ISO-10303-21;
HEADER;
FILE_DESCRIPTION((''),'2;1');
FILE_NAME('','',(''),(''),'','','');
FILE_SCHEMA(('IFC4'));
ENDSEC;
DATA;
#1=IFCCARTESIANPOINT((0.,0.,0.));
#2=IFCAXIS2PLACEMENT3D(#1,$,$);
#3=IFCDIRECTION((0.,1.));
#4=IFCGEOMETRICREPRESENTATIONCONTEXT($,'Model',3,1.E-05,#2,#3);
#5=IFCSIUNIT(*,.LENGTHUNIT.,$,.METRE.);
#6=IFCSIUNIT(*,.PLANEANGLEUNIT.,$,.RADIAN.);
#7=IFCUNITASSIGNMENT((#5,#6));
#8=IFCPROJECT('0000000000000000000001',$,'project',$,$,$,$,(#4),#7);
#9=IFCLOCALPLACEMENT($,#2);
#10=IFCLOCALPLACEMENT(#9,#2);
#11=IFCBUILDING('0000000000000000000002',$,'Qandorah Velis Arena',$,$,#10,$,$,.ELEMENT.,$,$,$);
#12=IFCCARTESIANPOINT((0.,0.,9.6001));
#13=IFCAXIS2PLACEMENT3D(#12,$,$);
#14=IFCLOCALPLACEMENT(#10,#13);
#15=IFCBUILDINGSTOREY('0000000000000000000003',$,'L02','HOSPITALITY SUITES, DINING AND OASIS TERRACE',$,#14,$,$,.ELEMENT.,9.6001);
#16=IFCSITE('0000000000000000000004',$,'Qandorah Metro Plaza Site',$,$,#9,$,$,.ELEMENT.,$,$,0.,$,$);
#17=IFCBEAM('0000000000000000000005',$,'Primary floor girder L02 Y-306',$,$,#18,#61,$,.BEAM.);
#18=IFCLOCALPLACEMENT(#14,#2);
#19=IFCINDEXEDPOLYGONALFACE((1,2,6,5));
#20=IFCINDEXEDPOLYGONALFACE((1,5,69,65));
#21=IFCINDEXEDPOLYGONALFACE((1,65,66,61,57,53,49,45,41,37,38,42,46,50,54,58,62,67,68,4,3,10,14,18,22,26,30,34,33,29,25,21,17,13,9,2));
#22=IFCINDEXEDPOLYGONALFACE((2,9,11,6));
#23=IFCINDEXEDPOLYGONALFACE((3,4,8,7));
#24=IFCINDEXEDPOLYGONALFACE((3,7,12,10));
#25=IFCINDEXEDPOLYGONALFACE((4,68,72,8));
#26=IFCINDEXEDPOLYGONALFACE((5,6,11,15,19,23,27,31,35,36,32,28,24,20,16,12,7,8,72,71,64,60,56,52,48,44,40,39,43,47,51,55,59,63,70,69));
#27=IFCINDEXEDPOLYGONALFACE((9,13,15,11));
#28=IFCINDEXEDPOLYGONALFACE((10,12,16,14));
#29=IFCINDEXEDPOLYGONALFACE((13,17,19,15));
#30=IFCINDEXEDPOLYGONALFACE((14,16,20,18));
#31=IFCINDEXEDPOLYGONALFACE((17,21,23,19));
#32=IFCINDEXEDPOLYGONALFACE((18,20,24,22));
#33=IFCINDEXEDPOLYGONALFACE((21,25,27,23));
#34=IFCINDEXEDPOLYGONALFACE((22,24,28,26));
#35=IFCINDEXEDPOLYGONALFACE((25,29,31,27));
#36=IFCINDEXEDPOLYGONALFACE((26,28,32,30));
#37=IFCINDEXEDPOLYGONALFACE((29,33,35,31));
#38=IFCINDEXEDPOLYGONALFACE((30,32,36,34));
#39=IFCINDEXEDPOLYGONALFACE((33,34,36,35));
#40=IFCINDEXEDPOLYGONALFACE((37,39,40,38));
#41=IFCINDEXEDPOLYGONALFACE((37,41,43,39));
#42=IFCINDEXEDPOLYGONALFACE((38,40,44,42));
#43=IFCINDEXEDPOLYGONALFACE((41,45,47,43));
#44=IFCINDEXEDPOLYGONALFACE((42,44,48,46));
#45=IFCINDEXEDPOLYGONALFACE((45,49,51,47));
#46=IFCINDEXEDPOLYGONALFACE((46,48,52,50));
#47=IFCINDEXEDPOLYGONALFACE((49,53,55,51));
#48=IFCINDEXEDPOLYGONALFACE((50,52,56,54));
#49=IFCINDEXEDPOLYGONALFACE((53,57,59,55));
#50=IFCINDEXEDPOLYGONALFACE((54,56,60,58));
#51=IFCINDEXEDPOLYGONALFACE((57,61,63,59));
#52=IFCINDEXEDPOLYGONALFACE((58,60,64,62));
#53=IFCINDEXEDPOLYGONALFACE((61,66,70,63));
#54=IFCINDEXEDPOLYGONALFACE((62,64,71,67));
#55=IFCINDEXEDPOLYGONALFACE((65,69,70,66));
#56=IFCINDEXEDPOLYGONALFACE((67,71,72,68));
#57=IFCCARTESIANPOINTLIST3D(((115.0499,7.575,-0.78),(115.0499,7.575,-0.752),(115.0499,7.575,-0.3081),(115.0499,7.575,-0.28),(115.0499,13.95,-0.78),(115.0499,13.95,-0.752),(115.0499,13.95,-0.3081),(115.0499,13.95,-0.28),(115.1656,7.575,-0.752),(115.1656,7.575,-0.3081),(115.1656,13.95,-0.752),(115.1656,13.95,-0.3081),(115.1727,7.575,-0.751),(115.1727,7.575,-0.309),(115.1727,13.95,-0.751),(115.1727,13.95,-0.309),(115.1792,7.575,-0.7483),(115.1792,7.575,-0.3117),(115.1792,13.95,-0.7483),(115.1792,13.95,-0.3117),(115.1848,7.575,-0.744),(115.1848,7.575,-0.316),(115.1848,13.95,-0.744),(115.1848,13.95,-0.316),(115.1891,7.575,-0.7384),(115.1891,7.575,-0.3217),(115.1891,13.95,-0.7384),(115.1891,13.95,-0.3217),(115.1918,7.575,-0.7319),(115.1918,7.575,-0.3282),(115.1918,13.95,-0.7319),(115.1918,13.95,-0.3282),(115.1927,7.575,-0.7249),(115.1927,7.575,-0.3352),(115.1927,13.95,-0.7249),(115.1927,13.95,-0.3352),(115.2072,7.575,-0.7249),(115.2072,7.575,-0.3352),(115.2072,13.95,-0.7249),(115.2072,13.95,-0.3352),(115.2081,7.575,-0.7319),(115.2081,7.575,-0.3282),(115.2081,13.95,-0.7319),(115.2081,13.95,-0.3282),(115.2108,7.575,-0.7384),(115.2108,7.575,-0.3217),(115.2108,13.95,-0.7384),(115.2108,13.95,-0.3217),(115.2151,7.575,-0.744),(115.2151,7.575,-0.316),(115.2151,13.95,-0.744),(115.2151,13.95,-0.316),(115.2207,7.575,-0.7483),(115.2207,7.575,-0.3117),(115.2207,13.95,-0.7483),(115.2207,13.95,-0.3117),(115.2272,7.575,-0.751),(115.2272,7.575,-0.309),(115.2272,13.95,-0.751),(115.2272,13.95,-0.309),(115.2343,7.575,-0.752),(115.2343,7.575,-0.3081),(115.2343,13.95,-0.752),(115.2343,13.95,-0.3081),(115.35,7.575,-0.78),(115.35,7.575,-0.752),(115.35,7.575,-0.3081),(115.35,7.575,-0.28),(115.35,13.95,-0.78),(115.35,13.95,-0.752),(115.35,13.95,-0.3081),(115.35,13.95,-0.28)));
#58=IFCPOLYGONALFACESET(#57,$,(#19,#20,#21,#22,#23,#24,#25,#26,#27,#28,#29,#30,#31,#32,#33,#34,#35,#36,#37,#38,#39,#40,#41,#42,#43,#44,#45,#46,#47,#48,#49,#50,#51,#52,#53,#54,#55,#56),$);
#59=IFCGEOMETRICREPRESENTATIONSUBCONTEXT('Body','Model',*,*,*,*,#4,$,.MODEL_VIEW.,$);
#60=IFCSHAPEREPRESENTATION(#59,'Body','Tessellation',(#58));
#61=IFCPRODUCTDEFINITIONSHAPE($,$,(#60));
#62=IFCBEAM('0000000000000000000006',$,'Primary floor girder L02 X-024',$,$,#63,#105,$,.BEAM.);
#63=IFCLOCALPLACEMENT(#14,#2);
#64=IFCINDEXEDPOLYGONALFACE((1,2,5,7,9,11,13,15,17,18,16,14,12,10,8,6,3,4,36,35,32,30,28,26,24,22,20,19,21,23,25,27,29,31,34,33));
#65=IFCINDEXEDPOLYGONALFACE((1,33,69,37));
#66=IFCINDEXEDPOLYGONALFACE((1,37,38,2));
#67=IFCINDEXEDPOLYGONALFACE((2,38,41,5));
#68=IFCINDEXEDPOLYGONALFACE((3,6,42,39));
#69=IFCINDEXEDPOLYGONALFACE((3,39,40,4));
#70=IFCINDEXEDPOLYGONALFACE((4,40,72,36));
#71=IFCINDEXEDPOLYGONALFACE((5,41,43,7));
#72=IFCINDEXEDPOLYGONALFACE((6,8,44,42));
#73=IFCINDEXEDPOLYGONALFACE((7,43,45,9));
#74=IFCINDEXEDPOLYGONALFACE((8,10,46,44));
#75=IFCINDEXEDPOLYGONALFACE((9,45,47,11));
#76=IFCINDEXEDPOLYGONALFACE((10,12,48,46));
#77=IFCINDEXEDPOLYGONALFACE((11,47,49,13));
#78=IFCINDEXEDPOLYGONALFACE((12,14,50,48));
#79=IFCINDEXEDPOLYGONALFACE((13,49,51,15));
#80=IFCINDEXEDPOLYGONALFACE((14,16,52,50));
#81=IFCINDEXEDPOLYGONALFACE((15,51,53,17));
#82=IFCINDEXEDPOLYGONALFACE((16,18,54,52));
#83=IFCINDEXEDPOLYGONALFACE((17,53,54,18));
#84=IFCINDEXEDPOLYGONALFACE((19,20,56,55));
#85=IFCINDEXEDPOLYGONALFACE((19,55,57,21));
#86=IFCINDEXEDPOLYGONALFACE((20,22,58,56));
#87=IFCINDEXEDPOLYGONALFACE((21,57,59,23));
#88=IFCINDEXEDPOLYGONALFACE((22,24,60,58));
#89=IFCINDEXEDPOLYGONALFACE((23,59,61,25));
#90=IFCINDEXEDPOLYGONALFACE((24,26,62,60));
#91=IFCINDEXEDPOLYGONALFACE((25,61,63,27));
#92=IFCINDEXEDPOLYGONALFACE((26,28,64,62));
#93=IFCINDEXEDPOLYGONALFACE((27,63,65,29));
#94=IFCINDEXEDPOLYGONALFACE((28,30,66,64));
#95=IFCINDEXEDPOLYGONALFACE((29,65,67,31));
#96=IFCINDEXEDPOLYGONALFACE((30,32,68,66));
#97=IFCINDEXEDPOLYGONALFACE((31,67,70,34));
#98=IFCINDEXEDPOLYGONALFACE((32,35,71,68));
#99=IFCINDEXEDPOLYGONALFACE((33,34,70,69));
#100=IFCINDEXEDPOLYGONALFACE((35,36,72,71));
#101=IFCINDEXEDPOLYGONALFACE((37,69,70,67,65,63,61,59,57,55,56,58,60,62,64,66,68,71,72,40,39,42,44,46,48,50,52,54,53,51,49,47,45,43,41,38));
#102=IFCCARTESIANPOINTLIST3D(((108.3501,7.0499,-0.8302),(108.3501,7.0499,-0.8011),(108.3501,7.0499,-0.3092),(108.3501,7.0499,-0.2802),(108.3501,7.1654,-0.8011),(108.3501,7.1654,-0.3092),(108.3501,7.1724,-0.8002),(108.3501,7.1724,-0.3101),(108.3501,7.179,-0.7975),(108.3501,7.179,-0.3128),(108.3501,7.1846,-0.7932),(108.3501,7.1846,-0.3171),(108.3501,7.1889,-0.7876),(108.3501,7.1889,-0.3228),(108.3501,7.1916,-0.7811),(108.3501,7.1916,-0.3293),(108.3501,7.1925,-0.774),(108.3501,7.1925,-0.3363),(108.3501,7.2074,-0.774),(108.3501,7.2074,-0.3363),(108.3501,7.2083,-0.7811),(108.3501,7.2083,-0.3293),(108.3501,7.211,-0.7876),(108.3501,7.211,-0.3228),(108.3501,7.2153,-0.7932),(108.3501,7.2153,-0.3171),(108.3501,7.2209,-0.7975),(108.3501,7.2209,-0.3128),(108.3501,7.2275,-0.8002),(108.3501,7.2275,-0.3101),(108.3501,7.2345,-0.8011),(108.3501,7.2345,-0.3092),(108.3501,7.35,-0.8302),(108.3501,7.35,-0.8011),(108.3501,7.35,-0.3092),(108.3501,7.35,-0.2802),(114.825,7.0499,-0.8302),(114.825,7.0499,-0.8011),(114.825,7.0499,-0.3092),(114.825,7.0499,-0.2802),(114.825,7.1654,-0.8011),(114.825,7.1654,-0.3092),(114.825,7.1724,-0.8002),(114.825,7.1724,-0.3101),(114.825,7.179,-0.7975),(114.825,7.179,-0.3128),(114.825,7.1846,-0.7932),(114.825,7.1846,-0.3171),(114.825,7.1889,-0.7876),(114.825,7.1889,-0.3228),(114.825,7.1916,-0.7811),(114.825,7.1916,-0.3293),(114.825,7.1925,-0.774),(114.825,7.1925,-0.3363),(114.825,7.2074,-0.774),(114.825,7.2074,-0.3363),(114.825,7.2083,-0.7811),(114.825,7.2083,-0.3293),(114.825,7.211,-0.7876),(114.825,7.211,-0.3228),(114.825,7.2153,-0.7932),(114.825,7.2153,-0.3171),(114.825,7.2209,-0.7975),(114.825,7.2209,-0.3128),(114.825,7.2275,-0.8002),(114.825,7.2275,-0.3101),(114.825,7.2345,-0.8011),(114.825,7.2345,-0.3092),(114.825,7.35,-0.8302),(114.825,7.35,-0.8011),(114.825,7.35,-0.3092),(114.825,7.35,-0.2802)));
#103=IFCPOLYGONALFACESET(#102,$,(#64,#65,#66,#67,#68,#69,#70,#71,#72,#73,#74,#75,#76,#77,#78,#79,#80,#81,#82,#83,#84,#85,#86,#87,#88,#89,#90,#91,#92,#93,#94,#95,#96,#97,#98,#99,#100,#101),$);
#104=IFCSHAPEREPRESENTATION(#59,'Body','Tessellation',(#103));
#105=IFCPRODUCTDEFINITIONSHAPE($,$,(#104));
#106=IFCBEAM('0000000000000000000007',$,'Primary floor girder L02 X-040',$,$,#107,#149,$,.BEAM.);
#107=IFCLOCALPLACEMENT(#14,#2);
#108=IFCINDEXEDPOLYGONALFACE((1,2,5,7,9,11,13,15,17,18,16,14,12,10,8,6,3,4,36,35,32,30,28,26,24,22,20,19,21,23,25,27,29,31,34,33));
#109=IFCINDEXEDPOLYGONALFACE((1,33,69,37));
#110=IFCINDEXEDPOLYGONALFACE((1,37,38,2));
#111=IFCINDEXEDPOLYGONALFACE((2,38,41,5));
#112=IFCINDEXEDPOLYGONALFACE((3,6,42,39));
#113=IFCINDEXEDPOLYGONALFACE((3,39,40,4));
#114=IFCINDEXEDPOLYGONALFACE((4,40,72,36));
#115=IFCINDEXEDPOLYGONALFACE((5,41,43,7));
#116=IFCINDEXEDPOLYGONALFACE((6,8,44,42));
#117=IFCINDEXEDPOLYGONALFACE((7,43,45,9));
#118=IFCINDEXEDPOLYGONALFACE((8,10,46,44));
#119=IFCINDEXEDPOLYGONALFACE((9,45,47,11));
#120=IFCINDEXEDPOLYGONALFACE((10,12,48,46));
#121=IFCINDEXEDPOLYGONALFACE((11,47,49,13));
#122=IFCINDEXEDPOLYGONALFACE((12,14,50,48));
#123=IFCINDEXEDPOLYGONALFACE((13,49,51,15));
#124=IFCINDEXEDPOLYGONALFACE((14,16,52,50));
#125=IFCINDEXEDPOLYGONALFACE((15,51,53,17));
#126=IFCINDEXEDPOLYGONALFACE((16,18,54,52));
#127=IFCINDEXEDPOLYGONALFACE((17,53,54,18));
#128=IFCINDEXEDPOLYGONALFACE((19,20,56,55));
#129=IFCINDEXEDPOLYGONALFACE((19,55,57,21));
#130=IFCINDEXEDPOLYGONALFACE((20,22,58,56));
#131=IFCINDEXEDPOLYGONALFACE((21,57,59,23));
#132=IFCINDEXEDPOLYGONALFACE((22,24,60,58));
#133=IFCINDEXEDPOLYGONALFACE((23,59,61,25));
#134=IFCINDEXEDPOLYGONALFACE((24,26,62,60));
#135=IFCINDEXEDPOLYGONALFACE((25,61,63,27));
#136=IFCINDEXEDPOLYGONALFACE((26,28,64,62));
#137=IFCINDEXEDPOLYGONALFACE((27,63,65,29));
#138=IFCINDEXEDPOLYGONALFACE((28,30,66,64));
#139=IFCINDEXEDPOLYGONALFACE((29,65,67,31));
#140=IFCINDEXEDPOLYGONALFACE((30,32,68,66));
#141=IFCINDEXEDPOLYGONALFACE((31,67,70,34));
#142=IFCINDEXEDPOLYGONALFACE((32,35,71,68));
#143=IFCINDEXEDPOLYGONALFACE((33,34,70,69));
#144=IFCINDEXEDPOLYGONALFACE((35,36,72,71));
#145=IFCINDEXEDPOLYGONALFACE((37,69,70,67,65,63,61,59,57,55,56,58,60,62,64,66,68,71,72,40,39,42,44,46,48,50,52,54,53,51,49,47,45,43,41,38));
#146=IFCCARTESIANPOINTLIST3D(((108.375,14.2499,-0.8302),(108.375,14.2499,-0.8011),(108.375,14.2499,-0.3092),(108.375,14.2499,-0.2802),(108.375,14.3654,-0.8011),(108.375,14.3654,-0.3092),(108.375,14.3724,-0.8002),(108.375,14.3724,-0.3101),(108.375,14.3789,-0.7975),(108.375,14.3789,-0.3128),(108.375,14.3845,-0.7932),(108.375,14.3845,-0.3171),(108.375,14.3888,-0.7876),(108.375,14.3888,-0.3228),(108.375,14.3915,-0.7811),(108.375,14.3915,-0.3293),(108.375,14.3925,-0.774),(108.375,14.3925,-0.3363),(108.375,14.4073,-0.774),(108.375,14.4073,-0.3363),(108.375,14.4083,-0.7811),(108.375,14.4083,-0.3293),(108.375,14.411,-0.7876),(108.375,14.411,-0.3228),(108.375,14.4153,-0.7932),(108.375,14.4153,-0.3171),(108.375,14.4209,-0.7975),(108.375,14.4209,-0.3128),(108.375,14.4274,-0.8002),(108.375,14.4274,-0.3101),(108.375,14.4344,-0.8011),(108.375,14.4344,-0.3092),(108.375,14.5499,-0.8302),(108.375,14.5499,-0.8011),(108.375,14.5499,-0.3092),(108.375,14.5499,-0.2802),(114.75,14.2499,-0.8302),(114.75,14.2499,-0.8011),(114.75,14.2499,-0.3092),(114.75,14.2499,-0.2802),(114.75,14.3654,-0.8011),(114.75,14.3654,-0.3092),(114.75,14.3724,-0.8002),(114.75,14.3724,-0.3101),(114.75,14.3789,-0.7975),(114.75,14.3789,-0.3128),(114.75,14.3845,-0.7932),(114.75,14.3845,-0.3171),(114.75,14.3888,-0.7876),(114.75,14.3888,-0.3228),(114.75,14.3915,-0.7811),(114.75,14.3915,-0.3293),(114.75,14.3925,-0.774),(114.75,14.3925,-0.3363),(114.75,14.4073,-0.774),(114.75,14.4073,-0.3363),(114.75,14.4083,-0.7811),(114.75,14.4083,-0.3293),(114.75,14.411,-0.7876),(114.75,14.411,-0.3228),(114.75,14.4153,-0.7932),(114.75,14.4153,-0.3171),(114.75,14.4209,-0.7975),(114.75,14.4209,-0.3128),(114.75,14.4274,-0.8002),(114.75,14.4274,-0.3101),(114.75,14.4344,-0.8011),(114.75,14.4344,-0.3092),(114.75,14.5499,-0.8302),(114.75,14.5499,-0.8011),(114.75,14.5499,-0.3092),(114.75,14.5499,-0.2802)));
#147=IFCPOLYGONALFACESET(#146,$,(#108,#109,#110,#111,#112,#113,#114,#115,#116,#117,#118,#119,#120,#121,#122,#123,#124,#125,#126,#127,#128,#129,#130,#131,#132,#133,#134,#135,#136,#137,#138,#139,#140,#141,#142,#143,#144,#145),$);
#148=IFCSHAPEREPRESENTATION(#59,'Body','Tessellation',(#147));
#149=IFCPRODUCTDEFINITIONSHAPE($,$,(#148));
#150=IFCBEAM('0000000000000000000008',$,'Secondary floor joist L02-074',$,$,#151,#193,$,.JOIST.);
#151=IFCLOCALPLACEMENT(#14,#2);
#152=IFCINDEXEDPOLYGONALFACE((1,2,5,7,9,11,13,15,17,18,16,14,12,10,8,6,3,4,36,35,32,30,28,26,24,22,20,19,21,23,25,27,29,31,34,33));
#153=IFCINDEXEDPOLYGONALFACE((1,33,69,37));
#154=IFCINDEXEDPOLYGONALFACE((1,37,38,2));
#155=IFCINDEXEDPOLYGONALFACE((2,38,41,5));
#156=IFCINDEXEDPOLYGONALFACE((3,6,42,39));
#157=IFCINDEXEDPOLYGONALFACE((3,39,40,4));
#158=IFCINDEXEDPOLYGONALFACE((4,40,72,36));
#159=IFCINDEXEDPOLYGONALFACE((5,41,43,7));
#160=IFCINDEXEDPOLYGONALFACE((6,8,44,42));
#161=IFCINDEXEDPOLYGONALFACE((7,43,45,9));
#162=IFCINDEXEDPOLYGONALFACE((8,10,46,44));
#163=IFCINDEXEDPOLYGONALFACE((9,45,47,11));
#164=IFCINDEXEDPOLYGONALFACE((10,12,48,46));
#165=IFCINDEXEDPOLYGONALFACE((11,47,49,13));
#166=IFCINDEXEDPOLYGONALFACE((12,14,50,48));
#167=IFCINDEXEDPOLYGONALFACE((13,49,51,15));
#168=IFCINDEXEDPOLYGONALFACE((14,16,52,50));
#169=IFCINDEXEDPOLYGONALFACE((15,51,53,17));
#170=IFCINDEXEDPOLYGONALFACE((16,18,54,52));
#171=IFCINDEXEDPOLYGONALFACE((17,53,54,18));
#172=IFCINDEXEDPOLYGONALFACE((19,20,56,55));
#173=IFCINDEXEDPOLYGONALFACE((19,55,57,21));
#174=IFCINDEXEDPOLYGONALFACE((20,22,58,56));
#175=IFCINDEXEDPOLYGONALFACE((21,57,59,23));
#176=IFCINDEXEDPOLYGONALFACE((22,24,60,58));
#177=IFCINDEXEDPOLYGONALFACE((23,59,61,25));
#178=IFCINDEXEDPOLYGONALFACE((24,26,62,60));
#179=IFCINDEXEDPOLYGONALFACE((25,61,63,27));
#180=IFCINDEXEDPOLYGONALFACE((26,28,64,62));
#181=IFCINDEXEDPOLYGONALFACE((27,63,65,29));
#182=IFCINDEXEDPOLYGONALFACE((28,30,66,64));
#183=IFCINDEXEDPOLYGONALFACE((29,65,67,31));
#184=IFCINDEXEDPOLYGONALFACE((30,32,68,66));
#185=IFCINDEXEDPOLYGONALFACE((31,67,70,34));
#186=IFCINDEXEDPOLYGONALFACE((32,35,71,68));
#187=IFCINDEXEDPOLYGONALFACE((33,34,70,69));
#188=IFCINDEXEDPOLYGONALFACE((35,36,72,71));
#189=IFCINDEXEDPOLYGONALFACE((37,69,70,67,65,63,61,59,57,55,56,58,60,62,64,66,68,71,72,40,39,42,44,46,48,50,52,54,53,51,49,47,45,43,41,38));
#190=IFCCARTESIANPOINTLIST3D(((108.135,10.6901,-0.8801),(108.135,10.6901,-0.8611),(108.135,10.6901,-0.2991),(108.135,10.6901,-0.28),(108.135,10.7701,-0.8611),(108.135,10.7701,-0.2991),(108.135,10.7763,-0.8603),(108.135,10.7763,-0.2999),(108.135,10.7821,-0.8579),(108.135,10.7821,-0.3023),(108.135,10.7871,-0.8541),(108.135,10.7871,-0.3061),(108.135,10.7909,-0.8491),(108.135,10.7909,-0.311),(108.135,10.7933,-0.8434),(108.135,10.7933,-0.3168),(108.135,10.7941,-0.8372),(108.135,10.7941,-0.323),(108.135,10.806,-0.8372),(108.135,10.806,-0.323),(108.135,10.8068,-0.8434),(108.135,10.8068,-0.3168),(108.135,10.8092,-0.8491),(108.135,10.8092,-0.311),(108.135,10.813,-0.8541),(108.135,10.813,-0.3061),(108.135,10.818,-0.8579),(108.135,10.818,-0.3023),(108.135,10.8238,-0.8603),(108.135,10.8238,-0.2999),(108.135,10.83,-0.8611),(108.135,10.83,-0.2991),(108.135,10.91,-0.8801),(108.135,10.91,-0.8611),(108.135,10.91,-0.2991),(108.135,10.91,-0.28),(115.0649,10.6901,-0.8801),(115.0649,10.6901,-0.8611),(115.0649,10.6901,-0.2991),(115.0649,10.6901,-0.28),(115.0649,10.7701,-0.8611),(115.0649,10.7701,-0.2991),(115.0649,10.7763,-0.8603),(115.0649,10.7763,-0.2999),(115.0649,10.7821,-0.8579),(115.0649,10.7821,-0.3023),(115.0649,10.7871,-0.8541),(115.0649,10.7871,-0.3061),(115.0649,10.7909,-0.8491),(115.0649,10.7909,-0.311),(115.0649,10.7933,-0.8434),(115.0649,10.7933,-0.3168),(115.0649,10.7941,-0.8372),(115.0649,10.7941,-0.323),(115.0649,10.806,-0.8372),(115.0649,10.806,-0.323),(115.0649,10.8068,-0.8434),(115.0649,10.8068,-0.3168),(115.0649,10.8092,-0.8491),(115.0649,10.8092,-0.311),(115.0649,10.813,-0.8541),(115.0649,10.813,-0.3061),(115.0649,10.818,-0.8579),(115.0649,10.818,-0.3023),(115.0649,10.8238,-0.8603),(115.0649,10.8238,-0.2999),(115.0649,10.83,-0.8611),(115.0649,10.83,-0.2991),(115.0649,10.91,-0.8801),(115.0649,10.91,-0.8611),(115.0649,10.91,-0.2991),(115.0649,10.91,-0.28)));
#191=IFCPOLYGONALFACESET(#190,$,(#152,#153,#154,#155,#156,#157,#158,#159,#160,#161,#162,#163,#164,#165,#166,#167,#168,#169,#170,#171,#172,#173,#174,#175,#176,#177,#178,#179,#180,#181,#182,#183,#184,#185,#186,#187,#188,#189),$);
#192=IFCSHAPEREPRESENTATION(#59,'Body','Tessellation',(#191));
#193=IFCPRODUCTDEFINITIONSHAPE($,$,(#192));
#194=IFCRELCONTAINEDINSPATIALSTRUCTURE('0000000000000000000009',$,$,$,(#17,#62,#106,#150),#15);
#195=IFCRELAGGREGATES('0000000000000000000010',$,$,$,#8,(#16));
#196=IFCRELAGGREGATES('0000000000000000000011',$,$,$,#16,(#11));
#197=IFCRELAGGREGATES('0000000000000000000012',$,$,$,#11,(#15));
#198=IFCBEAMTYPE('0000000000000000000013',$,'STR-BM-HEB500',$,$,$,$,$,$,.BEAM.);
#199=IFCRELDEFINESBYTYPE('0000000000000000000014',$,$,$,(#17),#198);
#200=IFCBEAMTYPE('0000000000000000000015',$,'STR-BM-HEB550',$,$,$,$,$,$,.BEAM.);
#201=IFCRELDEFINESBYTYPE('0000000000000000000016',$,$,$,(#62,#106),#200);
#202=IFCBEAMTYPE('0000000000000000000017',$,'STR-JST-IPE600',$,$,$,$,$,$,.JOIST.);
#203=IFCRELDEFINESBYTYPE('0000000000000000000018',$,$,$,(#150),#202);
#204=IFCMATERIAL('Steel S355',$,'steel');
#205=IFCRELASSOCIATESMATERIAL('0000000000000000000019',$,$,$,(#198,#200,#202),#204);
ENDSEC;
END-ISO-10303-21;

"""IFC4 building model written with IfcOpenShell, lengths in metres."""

from ifc_helpers import new_model, si_unit, direction, frame, origin, origin_2d, place, context, subcontext, project, spatial, i_section, extrude, material, material_profile, profile_set, type_object, element, save


model = new_model("IFC4")

# Units and contexts
model_context = context("Model", 3, precision=1e-05, world=origin(), true_north=direction((0.0, 1.0)))
body_context = subcontext(model_context, "Body", "Model", "MODEL_VIEW")
ifc_project = project(units=[si_unit("LENGTHUNIT", "METRE"), si_unit("PLANEANGLEUNIT", "RADIAN")], contexts=[model_context])

# Site, building, storey
site_placement = place(None, origin())
site = spatial("IfcSite", under=ifc_project, at=site_placement, Name="Qandorah Metro Plaza Site", CompositionType="ELEMENT", RefElevation=0.0)
building_placement = place(site_placement, origin())
building = spatial("IfcBuilding", under=site, at=building_placement, Name="Qandorah Velis Arena", CompositionType="ELEMENT")
storey_placement = place(building_placement, frame((0.0, 0.0, 9.6001)))
storey = spatial("IfcBuildingStorey", under=building, at=storey_placement, Name="L02", Description="HOSPITALITY SUITES, DINING AND OASIS TERRACE", CompositionType="ELEMENT", Elevation=9.6001)

# Beams
ifc_material_1 = material(Name="Steel S355", Category="steel")
ifc_material_profile_1 = material_profile(ifc_material_1, i_section(OverallWidth=0.3, OverallDepth=0.5, WebThickness=0.0144, FlangeThickness=0.0281, FilletRadius=0.0271, at=origin_2d()), Name="HEB 500")
ifc_profile_set_1 = profile_set([ifc_material_profile_1], Name="Steel S355")
beam_type_1 = type_object("IfcBeamType", Name="STR-BM-HEB500", PredefinedType="BEAM", material=ifc_profile_set_1)
beam_1_placement = place(storey_placement, frame((115.2, 7.575, -0.53), z_axis=(0.0, 1.0, 0.0), x_axis=(-1.0, 0.0, 0.0)))
element("IfcBeam", 1, at=beam_1_placement, inside=storey, type_object=beam_type_1, Name="Primary floor girder L02 Y-306", PredefinedType="BEAM", context=body_context, shape_type="SweptSolid", body=[
    extrude(i_section(OverallWidth=0.3, OverallDepth=0.5, WebThickness=0.0144, FlangeThickness=0.0281, FilletRadius=0.0271, at=origin_2d()), origin(), (0.0, 0.0, 1.0), 6.375),
])
ifc_material_profile_2 = material_profile(ifc_material_1, i_section(OverallWidth=0.3, OverallDepth=0.55, WebThickness=0.0149, FlangeThickness=0.0291, FilletRadius=0.0271, at=origin_2d()), Name="HEB 550")
ifc_profile_set_2 = profile_set([ifc_material_profile_2], Name="Steel S355")
beam_type_2 = type_object("IfcBeamType", Name="STR-BM-HEB550", PredefinedType="BEAM", material=ifc_profile_set_2)
beam_2_placement = place(storey_placement, frame((108.3501, 7.2, -0.5552), z_axis=(1.0, 0.0, 0.0), x_axis=(0.0, 1.0, 0.0)))
element("IfcBeam", 2, at=beam_2_placement, inside=storey, type_object=beam_type_2, Name="Primary floor girder L02 X-024", PredefinedType="BEAM", context=body_context, shape_type="SweptSolid", body=[
    extrude(i_section(OverallWidth=0.3, OverallDepth=0.55, WebThickness=0.0149, FlangeThickness=0.0291, FilletRadius=0.0271, at=origin_2d()), origin(), (0.0, 0.0, 1.0), 6.4749),
])
beam_3_placement = place(storey_placement, frame((108.375, 14.3999, -0.5552), z_axis=(1.0, 0.0, 0.0), x_axis=(0.0, 1.0, 0.0)))
element("IfcBeam", 3, at=beam_3_placement, inside=storey, type_object=beam_type_2, Name="Primary floor girder L02 X-040", PredefinedType="BEAM", context=body_context, shape_type="SweptSolid", body=[
    extrude(i_section(OverallWidth=0.3, OverallDepth=0.55, WebThickness=0.0149, FlangeThickness=0.0291, FilletRadius=0.0271, at=origin_2d()), origin(), (0.0, 0.0, 1.0), 6.375),
])
ifc_material_profile_3 = material_profile(ifc_material_1, i_section(OverallWidth=0.22, OverallDepth=0.6001, WebThickness=0.012, FlangeThickness=0.019, FilletRadius=0.0239, at=origin_2d()), Name="IPE 600")
ifc_profile_set_3 = profile_set([ifc_material_profile_3], Name="Steel S355")
beam_type_3 = type_object("IfcBeamType", Name="STR-JST-IPE600", PredefinedType="JOIST", material=ifc_profile_set_3)
beam_4_placement = place(storey_placement, frame((108.135, 10.8, -0.5801), z_axis=(1.0, 0.0, 0.0), x_axis=(0.0, 1.0, 0.0)))
element("IfcBeam", 4, at=beam_4_placement, inside=storey, type_object=beam_type_3, Name="Secondary floor joist L02-074", PredefinedType="JOIST", context=body_context, shape_type="SweptSolid", body=[
    extrude(i_section(OverallWidth=0.22, OverallDepth=0.6001, WebThickness=0.012, FlangeThickness=0.019, FilletRadius=0.0239, at=origin_2d()), origin(), (0.0, 0.0, 1.0), 6.9299),
])

save(model, "model.ifc")
